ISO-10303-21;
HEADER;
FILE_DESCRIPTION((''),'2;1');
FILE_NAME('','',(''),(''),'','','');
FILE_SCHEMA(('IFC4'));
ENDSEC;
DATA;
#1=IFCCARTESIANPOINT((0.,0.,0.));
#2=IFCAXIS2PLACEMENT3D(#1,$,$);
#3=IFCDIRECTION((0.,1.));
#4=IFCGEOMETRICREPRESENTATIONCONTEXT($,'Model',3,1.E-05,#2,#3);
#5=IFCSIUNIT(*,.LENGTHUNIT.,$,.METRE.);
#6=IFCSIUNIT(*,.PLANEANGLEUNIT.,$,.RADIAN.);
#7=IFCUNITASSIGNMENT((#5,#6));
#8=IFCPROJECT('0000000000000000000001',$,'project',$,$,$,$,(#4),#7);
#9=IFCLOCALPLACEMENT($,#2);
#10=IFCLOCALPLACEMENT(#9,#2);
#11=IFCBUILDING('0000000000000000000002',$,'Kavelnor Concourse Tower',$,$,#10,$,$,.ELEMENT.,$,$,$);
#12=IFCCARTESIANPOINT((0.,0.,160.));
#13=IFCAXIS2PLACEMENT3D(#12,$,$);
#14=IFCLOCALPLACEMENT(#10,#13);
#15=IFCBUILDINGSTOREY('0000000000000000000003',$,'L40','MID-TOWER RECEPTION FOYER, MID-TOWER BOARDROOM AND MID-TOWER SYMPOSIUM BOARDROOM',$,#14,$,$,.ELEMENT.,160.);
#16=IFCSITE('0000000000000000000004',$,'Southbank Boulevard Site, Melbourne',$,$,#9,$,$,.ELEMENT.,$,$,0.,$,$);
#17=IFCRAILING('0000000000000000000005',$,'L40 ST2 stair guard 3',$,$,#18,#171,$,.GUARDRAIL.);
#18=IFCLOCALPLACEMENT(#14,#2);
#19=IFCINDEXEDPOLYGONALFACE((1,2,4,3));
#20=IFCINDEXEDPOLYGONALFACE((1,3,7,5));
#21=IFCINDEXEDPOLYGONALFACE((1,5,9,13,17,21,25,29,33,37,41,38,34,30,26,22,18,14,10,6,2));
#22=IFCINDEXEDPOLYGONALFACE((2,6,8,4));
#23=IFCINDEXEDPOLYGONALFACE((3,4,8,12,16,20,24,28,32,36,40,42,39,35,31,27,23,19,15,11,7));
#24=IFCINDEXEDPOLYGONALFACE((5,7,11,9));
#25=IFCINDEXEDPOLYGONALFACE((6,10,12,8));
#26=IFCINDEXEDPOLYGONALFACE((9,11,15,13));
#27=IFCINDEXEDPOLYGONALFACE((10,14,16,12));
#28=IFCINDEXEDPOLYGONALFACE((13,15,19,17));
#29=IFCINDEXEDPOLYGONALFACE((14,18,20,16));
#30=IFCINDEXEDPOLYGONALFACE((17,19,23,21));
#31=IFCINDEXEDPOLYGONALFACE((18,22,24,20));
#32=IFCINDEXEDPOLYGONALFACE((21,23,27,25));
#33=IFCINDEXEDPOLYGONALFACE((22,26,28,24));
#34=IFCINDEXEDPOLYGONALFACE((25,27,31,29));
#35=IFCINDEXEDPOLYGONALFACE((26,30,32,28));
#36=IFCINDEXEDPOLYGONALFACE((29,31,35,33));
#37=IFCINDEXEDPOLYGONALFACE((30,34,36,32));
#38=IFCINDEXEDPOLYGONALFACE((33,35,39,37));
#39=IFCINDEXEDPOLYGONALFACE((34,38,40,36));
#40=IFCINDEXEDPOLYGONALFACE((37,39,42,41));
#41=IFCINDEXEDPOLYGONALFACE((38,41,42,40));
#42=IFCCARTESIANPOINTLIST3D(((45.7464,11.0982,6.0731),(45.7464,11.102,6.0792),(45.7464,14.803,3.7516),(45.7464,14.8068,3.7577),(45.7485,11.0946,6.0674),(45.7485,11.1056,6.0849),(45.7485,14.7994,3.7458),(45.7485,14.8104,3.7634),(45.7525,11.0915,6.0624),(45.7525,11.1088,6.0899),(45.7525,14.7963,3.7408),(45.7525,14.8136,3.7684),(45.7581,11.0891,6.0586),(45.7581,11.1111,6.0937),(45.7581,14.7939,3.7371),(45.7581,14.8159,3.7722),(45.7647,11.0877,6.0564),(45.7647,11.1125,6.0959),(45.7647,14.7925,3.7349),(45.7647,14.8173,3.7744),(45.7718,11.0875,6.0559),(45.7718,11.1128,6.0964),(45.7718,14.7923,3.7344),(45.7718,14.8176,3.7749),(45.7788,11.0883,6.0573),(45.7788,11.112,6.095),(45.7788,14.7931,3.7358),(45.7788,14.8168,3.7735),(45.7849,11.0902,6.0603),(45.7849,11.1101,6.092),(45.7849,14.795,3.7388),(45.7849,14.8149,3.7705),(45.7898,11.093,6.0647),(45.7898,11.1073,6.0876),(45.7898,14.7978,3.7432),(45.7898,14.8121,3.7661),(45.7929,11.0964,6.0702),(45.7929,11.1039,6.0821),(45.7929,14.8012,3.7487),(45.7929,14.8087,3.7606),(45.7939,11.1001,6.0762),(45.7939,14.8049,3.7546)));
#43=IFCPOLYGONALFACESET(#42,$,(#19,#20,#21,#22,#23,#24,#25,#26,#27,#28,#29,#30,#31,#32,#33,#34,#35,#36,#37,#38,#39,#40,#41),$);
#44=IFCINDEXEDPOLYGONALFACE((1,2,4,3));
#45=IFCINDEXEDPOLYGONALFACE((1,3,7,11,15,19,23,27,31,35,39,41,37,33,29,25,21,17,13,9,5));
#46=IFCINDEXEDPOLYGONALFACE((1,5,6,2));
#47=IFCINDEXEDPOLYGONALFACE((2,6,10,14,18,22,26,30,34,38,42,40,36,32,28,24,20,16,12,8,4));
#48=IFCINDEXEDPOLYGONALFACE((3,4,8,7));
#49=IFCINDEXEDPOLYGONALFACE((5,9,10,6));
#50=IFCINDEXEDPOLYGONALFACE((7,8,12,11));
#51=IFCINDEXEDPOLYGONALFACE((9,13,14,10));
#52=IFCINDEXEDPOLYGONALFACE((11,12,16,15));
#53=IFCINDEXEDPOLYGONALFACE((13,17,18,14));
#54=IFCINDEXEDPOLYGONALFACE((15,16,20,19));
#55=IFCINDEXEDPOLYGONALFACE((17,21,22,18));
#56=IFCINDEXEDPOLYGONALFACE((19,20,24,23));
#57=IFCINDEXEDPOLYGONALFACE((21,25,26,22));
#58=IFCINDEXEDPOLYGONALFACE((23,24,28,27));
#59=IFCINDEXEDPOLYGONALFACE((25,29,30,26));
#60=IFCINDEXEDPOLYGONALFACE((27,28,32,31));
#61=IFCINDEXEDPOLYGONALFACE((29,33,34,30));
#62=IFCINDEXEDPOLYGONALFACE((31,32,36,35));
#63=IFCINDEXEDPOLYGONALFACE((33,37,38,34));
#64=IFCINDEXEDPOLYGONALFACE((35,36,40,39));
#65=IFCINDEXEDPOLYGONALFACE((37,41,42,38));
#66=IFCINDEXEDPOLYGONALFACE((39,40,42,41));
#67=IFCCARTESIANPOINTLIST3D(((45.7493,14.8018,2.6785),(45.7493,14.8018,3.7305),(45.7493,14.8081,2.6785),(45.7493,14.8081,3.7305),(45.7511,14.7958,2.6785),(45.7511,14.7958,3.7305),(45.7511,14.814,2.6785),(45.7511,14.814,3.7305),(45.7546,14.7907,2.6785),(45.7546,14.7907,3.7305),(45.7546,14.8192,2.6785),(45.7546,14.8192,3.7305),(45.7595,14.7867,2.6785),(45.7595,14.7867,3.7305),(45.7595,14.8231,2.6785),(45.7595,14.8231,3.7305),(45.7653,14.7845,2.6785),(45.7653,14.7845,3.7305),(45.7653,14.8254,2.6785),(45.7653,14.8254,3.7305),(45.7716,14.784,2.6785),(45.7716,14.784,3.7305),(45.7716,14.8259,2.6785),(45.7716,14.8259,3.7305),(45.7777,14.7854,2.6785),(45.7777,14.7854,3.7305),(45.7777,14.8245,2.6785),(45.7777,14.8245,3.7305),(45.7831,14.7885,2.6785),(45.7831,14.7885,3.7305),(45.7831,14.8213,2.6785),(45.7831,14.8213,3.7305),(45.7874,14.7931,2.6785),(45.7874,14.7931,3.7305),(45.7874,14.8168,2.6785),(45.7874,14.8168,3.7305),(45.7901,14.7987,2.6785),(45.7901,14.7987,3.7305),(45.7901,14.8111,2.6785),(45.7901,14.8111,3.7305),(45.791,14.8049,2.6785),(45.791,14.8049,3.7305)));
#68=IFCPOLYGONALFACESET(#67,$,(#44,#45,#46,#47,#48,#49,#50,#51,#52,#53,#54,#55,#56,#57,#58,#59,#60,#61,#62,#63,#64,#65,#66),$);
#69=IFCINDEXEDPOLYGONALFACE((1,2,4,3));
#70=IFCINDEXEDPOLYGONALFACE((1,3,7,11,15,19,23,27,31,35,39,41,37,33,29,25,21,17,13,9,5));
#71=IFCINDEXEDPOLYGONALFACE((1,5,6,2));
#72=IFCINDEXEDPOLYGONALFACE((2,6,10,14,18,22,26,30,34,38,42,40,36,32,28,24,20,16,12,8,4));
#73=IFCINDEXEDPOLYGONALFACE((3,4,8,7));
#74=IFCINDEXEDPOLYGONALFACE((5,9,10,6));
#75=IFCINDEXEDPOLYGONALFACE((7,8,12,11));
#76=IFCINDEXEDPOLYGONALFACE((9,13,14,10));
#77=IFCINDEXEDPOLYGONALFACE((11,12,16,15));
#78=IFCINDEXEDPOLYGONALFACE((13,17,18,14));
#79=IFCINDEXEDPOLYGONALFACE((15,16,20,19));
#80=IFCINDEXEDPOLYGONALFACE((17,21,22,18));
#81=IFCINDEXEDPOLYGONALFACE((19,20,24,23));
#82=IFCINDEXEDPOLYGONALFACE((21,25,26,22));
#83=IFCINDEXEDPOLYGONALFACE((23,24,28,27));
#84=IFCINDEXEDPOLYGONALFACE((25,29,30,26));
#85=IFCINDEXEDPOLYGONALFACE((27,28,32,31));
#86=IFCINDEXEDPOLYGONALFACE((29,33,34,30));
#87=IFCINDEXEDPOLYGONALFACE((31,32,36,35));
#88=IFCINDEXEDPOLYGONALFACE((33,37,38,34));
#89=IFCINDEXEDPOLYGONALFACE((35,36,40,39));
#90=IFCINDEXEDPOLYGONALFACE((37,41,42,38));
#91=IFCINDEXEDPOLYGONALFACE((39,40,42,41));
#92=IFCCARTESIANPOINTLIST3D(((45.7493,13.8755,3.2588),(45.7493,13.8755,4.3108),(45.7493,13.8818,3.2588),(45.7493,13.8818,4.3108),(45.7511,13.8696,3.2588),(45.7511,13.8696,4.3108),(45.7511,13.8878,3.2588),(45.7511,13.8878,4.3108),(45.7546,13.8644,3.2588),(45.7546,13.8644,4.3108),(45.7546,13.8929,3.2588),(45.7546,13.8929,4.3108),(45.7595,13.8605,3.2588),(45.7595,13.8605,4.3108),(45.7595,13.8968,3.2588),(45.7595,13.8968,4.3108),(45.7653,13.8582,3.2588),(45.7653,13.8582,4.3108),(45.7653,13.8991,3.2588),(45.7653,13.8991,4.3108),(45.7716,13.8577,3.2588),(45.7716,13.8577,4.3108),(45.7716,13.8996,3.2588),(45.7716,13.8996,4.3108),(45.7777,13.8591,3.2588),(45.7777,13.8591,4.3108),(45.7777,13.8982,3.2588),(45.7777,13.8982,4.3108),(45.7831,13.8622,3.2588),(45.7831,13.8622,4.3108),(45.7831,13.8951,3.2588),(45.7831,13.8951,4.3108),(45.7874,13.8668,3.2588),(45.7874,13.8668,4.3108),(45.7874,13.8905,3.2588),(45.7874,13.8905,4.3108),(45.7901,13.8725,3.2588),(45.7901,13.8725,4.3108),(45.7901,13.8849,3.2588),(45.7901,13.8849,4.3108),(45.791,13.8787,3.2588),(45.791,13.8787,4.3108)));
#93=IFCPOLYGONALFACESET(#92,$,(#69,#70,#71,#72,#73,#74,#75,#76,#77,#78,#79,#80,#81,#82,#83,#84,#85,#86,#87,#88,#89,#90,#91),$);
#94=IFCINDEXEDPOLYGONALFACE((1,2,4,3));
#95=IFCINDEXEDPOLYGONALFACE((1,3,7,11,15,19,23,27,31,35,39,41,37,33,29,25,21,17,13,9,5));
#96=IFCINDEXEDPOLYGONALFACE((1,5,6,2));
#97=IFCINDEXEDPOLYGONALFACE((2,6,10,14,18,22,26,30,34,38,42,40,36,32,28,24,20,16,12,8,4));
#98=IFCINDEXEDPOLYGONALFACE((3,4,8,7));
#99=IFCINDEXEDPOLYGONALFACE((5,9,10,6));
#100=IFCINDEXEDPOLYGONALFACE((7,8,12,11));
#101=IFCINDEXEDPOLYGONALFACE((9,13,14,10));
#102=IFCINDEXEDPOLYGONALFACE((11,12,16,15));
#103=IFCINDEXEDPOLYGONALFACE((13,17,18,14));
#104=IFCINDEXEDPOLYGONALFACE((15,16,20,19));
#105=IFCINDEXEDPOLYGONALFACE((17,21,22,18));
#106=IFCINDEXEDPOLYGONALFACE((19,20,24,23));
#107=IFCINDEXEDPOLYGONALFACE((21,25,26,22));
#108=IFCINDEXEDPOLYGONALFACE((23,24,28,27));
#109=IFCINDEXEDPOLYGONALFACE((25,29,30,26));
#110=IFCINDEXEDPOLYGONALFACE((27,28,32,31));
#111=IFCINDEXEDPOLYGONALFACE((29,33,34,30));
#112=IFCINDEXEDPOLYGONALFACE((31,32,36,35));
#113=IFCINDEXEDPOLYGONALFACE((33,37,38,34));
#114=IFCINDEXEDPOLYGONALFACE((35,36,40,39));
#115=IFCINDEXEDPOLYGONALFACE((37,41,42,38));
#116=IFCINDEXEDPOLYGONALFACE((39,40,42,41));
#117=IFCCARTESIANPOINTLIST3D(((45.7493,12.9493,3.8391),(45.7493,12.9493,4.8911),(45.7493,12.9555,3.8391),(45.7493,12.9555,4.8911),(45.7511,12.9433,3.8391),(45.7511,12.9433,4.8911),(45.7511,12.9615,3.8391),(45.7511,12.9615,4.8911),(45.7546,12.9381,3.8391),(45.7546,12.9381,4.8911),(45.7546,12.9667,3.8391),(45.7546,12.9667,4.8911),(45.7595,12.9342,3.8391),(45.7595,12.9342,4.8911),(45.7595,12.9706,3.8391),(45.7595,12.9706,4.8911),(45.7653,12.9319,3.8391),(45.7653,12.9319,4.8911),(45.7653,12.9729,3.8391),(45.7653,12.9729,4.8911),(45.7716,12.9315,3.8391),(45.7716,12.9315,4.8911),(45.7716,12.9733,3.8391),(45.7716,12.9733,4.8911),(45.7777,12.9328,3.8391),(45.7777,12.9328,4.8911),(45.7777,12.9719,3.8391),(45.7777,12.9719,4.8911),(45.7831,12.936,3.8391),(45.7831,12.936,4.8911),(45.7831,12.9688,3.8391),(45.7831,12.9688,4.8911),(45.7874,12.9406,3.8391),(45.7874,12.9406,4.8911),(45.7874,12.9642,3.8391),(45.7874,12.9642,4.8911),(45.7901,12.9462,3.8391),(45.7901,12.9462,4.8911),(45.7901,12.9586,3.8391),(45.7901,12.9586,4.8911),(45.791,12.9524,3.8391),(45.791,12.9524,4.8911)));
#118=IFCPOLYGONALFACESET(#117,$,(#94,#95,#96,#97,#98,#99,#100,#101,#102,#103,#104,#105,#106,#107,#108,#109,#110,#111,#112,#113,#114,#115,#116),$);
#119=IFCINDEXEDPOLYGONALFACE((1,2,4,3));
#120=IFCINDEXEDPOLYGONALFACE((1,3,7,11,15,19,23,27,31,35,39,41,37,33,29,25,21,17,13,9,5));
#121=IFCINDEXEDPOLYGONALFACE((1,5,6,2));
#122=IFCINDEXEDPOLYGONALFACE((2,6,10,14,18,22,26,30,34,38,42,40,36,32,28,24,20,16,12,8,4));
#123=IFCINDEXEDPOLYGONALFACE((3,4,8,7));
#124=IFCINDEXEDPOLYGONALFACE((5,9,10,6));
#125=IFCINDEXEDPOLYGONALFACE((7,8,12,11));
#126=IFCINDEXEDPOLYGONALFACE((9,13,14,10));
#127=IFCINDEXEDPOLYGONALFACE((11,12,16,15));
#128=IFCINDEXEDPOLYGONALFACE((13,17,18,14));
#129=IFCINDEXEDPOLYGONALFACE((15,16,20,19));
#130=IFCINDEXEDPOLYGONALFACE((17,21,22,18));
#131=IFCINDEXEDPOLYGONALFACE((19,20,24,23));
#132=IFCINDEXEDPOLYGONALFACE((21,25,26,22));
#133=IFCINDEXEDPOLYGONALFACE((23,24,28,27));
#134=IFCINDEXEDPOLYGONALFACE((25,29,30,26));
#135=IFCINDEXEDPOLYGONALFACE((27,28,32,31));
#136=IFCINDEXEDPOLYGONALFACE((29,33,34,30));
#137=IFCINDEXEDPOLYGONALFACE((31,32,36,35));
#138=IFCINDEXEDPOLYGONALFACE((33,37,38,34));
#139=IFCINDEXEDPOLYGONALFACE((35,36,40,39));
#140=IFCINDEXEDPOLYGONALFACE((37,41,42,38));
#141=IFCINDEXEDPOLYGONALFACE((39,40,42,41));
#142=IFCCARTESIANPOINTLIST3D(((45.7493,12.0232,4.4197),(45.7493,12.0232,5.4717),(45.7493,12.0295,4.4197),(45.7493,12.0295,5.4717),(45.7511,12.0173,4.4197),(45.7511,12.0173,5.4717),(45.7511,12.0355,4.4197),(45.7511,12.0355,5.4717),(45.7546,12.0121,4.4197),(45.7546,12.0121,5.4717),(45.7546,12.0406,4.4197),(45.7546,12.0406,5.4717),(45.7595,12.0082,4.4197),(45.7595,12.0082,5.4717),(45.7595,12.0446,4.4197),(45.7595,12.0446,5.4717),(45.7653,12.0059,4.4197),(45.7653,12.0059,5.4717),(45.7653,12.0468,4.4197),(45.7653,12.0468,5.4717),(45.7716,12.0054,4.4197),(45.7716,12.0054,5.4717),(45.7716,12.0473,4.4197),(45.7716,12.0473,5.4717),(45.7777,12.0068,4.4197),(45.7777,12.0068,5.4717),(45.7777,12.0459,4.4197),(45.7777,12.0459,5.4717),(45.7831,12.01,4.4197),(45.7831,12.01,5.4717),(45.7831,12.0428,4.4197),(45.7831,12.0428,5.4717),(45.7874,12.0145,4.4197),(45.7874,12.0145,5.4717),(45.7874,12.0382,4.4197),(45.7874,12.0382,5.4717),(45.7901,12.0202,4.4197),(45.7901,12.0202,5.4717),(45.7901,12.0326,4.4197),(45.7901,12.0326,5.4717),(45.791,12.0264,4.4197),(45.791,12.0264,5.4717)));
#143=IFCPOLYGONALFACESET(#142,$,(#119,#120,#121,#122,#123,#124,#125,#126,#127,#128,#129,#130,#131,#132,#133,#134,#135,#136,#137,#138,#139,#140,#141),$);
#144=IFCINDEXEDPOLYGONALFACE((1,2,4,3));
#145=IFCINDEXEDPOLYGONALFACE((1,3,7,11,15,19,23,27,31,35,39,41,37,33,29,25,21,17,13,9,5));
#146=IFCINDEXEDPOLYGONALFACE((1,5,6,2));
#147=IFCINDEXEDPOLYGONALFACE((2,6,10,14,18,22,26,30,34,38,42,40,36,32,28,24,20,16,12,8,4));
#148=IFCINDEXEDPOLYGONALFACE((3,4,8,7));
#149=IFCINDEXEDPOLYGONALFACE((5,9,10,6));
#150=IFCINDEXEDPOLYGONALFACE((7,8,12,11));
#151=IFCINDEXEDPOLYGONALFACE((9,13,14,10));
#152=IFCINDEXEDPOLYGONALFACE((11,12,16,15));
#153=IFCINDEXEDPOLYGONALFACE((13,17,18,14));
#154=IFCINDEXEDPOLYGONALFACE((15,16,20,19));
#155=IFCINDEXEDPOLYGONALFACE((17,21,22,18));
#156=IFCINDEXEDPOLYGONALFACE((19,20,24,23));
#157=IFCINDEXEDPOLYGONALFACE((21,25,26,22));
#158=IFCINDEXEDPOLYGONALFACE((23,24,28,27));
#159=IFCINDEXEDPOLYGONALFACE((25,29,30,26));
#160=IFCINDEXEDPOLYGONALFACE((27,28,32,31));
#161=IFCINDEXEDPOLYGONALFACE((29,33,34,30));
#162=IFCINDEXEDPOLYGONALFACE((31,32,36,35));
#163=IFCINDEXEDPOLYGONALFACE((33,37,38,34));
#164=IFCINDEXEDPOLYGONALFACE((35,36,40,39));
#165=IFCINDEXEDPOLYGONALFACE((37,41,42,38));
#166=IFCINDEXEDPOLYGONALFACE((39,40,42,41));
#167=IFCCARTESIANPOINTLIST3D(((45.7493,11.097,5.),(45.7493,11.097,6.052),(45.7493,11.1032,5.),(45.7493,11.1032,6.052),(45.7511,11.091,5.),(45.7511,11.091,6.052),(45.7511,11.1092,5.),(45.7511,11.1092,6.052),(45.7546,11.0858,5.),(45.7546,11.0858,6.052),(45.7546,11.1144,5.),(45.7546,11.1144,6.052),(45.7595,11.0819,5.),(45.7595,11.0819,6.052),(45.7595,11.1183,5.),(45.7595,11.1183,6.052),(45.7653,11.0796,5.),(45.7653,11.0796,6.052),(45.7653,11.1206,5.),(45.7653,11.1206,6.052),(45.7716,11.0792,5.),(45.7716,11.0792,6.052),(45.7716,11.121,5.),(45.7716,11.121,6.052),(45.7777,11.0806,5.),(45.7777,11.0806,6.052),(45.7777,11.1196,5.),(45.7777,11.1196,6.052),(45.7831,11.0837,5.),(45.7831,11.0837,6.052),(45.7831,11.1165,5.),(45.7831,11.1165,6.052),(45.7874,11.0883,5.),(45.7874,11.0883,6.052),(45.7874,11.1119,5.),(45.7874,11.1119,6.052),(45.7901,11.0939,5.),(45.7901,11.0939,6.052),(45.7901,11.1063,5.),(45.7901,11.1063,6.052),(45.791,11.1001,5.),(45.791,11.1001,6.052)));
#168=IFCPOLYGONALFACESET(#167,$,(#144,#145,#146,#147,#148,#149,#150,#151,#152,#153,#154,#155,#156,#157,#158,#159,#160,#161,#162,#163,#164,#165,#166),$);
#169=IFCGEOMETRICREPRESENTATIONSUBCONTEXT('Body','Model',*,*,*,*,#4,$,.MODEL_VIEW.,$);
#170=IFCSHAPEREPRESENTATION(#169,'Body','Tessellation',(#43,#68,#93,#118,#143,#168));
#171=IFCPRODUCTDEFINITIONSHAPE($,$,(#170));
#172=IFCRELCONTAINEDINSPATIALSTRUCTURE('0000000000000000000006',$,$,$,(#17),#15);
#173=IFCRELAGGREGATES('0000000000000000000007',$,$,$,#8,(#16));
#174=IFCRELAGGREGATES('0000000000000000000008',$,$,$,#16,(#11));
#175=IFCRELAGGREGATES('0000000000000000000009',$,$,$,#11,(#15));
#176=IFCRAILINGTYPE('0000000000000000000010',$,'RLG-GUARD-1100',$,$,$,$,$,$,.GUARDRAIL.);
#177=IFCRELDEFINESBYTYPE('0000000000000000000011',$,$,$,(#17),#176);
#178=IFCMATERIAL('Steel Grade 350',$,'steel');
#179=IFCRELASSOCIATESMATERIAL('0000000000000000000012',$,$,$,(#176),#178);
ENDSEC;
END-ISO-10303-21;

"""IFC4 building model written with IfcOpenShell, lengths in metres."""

from ifc_helpers import new_model, si_unit, direction, frame, origin, origin_2d, place, context, subcontext, project, spatial, circle, extrude, material, type_object, element, save


model = new_model("IFC4")

# Units and contexts
model_context = context("Model", 3, precision=1e-05, world=origin(), true_north=direction((0.0, 1.0)))
body_context = subcontext(model_context, "Body", "Model", "MODEL_VIEW")
ifc_project = project(units=[si_unit("LENGTHUNIT", "METRE"), si_unit("PLANEANGLEUNIT", "RADIAN")], contexts=[model_context])

# Site, building, storey
site_placement = place(None, origin())
site = spatial("IfcSite", under=ifc_project, at=site_placement, Name="Southbank Boulevard Site, Melbourne", CompositionType="ELEMENT", RefElevation=0.0)
building_placement = place(site_placement, origin())
building = spatial("IfcBuilding", under=site, at=building_placement, Name="Kavelnor Concourse Tower", CompositionType="ELEMENT")
storey_placement = place(building_placement, frame((0.0, 0.0, 160.0)))
storey = spatial("IfcBuildingStorey", under=building, at=storey_placement, Name="L40", Description="MID-TOWER RECEPTION FOYER, MID-TOWER BOARDROOM AND MID-TOWER SYMPOSIUM BOARDROOM", CompositionType="ELEMENT", Elevation=160.0)

# Shared definitions
ifc_material_1 = material(Name="Steel Grade 350", Category="steel")

# Railing
railing_type_1 = type_object("IfcRailingType", Name="RLG-GUARD-1100", PredefinedType="GUARDRAIL", material=ifc_material_1)
railing_1_placement = place(storey_placement, frame((45.77, 14.8049, 2.6785)))
element("IfcRailing", 1, at=railing_1_placement, inside=storey, type_object=railing_type_1, Name="L40 ST2 stair guard 3", PredefinedType="GUARDRAIL", context=body_context, shape_type="SweptSolid", body=[
    extrude(circle(Radius=0.0239, at=origin_2d()), frame((0.0, 0.0, 1.0762), z_axis=(0.0, -0.84738, 0.530987), x_axis=(1.0, 0.0, 0.0)), (0.0, 0.0, 1.0), 4.3721),
    extrude(circle(Radius=0.021, at=origin_2d()), origin(), (0.0, 0.0, 1.0), 1.052),
    extrude(circle(Radius=0.021, at=origin_2d()), frame((0.0, -0.9263, 0.5803)), (0.0, 0.0, 1.0), 1.052),
    extrude(circle(Radius=0.021, at=origin_2d()), frame((0.0, -1.8525, 1.1606)), (0.0, 0.0, 1.0), 1.052),
    extrude(circle(Radius=0.021, at=origin_2d()), frame((0.0, -2.7786, 1.7412)), (0.0, 0.0, 1.0), 1.052),
    extrude(circle(Radius=0.021, at=origin_2d()), frame((0.0, -3.7048, 2.3215)), (0.0, 0.0, 1.0), 1.052),
])

save(model, "model.ifc")
